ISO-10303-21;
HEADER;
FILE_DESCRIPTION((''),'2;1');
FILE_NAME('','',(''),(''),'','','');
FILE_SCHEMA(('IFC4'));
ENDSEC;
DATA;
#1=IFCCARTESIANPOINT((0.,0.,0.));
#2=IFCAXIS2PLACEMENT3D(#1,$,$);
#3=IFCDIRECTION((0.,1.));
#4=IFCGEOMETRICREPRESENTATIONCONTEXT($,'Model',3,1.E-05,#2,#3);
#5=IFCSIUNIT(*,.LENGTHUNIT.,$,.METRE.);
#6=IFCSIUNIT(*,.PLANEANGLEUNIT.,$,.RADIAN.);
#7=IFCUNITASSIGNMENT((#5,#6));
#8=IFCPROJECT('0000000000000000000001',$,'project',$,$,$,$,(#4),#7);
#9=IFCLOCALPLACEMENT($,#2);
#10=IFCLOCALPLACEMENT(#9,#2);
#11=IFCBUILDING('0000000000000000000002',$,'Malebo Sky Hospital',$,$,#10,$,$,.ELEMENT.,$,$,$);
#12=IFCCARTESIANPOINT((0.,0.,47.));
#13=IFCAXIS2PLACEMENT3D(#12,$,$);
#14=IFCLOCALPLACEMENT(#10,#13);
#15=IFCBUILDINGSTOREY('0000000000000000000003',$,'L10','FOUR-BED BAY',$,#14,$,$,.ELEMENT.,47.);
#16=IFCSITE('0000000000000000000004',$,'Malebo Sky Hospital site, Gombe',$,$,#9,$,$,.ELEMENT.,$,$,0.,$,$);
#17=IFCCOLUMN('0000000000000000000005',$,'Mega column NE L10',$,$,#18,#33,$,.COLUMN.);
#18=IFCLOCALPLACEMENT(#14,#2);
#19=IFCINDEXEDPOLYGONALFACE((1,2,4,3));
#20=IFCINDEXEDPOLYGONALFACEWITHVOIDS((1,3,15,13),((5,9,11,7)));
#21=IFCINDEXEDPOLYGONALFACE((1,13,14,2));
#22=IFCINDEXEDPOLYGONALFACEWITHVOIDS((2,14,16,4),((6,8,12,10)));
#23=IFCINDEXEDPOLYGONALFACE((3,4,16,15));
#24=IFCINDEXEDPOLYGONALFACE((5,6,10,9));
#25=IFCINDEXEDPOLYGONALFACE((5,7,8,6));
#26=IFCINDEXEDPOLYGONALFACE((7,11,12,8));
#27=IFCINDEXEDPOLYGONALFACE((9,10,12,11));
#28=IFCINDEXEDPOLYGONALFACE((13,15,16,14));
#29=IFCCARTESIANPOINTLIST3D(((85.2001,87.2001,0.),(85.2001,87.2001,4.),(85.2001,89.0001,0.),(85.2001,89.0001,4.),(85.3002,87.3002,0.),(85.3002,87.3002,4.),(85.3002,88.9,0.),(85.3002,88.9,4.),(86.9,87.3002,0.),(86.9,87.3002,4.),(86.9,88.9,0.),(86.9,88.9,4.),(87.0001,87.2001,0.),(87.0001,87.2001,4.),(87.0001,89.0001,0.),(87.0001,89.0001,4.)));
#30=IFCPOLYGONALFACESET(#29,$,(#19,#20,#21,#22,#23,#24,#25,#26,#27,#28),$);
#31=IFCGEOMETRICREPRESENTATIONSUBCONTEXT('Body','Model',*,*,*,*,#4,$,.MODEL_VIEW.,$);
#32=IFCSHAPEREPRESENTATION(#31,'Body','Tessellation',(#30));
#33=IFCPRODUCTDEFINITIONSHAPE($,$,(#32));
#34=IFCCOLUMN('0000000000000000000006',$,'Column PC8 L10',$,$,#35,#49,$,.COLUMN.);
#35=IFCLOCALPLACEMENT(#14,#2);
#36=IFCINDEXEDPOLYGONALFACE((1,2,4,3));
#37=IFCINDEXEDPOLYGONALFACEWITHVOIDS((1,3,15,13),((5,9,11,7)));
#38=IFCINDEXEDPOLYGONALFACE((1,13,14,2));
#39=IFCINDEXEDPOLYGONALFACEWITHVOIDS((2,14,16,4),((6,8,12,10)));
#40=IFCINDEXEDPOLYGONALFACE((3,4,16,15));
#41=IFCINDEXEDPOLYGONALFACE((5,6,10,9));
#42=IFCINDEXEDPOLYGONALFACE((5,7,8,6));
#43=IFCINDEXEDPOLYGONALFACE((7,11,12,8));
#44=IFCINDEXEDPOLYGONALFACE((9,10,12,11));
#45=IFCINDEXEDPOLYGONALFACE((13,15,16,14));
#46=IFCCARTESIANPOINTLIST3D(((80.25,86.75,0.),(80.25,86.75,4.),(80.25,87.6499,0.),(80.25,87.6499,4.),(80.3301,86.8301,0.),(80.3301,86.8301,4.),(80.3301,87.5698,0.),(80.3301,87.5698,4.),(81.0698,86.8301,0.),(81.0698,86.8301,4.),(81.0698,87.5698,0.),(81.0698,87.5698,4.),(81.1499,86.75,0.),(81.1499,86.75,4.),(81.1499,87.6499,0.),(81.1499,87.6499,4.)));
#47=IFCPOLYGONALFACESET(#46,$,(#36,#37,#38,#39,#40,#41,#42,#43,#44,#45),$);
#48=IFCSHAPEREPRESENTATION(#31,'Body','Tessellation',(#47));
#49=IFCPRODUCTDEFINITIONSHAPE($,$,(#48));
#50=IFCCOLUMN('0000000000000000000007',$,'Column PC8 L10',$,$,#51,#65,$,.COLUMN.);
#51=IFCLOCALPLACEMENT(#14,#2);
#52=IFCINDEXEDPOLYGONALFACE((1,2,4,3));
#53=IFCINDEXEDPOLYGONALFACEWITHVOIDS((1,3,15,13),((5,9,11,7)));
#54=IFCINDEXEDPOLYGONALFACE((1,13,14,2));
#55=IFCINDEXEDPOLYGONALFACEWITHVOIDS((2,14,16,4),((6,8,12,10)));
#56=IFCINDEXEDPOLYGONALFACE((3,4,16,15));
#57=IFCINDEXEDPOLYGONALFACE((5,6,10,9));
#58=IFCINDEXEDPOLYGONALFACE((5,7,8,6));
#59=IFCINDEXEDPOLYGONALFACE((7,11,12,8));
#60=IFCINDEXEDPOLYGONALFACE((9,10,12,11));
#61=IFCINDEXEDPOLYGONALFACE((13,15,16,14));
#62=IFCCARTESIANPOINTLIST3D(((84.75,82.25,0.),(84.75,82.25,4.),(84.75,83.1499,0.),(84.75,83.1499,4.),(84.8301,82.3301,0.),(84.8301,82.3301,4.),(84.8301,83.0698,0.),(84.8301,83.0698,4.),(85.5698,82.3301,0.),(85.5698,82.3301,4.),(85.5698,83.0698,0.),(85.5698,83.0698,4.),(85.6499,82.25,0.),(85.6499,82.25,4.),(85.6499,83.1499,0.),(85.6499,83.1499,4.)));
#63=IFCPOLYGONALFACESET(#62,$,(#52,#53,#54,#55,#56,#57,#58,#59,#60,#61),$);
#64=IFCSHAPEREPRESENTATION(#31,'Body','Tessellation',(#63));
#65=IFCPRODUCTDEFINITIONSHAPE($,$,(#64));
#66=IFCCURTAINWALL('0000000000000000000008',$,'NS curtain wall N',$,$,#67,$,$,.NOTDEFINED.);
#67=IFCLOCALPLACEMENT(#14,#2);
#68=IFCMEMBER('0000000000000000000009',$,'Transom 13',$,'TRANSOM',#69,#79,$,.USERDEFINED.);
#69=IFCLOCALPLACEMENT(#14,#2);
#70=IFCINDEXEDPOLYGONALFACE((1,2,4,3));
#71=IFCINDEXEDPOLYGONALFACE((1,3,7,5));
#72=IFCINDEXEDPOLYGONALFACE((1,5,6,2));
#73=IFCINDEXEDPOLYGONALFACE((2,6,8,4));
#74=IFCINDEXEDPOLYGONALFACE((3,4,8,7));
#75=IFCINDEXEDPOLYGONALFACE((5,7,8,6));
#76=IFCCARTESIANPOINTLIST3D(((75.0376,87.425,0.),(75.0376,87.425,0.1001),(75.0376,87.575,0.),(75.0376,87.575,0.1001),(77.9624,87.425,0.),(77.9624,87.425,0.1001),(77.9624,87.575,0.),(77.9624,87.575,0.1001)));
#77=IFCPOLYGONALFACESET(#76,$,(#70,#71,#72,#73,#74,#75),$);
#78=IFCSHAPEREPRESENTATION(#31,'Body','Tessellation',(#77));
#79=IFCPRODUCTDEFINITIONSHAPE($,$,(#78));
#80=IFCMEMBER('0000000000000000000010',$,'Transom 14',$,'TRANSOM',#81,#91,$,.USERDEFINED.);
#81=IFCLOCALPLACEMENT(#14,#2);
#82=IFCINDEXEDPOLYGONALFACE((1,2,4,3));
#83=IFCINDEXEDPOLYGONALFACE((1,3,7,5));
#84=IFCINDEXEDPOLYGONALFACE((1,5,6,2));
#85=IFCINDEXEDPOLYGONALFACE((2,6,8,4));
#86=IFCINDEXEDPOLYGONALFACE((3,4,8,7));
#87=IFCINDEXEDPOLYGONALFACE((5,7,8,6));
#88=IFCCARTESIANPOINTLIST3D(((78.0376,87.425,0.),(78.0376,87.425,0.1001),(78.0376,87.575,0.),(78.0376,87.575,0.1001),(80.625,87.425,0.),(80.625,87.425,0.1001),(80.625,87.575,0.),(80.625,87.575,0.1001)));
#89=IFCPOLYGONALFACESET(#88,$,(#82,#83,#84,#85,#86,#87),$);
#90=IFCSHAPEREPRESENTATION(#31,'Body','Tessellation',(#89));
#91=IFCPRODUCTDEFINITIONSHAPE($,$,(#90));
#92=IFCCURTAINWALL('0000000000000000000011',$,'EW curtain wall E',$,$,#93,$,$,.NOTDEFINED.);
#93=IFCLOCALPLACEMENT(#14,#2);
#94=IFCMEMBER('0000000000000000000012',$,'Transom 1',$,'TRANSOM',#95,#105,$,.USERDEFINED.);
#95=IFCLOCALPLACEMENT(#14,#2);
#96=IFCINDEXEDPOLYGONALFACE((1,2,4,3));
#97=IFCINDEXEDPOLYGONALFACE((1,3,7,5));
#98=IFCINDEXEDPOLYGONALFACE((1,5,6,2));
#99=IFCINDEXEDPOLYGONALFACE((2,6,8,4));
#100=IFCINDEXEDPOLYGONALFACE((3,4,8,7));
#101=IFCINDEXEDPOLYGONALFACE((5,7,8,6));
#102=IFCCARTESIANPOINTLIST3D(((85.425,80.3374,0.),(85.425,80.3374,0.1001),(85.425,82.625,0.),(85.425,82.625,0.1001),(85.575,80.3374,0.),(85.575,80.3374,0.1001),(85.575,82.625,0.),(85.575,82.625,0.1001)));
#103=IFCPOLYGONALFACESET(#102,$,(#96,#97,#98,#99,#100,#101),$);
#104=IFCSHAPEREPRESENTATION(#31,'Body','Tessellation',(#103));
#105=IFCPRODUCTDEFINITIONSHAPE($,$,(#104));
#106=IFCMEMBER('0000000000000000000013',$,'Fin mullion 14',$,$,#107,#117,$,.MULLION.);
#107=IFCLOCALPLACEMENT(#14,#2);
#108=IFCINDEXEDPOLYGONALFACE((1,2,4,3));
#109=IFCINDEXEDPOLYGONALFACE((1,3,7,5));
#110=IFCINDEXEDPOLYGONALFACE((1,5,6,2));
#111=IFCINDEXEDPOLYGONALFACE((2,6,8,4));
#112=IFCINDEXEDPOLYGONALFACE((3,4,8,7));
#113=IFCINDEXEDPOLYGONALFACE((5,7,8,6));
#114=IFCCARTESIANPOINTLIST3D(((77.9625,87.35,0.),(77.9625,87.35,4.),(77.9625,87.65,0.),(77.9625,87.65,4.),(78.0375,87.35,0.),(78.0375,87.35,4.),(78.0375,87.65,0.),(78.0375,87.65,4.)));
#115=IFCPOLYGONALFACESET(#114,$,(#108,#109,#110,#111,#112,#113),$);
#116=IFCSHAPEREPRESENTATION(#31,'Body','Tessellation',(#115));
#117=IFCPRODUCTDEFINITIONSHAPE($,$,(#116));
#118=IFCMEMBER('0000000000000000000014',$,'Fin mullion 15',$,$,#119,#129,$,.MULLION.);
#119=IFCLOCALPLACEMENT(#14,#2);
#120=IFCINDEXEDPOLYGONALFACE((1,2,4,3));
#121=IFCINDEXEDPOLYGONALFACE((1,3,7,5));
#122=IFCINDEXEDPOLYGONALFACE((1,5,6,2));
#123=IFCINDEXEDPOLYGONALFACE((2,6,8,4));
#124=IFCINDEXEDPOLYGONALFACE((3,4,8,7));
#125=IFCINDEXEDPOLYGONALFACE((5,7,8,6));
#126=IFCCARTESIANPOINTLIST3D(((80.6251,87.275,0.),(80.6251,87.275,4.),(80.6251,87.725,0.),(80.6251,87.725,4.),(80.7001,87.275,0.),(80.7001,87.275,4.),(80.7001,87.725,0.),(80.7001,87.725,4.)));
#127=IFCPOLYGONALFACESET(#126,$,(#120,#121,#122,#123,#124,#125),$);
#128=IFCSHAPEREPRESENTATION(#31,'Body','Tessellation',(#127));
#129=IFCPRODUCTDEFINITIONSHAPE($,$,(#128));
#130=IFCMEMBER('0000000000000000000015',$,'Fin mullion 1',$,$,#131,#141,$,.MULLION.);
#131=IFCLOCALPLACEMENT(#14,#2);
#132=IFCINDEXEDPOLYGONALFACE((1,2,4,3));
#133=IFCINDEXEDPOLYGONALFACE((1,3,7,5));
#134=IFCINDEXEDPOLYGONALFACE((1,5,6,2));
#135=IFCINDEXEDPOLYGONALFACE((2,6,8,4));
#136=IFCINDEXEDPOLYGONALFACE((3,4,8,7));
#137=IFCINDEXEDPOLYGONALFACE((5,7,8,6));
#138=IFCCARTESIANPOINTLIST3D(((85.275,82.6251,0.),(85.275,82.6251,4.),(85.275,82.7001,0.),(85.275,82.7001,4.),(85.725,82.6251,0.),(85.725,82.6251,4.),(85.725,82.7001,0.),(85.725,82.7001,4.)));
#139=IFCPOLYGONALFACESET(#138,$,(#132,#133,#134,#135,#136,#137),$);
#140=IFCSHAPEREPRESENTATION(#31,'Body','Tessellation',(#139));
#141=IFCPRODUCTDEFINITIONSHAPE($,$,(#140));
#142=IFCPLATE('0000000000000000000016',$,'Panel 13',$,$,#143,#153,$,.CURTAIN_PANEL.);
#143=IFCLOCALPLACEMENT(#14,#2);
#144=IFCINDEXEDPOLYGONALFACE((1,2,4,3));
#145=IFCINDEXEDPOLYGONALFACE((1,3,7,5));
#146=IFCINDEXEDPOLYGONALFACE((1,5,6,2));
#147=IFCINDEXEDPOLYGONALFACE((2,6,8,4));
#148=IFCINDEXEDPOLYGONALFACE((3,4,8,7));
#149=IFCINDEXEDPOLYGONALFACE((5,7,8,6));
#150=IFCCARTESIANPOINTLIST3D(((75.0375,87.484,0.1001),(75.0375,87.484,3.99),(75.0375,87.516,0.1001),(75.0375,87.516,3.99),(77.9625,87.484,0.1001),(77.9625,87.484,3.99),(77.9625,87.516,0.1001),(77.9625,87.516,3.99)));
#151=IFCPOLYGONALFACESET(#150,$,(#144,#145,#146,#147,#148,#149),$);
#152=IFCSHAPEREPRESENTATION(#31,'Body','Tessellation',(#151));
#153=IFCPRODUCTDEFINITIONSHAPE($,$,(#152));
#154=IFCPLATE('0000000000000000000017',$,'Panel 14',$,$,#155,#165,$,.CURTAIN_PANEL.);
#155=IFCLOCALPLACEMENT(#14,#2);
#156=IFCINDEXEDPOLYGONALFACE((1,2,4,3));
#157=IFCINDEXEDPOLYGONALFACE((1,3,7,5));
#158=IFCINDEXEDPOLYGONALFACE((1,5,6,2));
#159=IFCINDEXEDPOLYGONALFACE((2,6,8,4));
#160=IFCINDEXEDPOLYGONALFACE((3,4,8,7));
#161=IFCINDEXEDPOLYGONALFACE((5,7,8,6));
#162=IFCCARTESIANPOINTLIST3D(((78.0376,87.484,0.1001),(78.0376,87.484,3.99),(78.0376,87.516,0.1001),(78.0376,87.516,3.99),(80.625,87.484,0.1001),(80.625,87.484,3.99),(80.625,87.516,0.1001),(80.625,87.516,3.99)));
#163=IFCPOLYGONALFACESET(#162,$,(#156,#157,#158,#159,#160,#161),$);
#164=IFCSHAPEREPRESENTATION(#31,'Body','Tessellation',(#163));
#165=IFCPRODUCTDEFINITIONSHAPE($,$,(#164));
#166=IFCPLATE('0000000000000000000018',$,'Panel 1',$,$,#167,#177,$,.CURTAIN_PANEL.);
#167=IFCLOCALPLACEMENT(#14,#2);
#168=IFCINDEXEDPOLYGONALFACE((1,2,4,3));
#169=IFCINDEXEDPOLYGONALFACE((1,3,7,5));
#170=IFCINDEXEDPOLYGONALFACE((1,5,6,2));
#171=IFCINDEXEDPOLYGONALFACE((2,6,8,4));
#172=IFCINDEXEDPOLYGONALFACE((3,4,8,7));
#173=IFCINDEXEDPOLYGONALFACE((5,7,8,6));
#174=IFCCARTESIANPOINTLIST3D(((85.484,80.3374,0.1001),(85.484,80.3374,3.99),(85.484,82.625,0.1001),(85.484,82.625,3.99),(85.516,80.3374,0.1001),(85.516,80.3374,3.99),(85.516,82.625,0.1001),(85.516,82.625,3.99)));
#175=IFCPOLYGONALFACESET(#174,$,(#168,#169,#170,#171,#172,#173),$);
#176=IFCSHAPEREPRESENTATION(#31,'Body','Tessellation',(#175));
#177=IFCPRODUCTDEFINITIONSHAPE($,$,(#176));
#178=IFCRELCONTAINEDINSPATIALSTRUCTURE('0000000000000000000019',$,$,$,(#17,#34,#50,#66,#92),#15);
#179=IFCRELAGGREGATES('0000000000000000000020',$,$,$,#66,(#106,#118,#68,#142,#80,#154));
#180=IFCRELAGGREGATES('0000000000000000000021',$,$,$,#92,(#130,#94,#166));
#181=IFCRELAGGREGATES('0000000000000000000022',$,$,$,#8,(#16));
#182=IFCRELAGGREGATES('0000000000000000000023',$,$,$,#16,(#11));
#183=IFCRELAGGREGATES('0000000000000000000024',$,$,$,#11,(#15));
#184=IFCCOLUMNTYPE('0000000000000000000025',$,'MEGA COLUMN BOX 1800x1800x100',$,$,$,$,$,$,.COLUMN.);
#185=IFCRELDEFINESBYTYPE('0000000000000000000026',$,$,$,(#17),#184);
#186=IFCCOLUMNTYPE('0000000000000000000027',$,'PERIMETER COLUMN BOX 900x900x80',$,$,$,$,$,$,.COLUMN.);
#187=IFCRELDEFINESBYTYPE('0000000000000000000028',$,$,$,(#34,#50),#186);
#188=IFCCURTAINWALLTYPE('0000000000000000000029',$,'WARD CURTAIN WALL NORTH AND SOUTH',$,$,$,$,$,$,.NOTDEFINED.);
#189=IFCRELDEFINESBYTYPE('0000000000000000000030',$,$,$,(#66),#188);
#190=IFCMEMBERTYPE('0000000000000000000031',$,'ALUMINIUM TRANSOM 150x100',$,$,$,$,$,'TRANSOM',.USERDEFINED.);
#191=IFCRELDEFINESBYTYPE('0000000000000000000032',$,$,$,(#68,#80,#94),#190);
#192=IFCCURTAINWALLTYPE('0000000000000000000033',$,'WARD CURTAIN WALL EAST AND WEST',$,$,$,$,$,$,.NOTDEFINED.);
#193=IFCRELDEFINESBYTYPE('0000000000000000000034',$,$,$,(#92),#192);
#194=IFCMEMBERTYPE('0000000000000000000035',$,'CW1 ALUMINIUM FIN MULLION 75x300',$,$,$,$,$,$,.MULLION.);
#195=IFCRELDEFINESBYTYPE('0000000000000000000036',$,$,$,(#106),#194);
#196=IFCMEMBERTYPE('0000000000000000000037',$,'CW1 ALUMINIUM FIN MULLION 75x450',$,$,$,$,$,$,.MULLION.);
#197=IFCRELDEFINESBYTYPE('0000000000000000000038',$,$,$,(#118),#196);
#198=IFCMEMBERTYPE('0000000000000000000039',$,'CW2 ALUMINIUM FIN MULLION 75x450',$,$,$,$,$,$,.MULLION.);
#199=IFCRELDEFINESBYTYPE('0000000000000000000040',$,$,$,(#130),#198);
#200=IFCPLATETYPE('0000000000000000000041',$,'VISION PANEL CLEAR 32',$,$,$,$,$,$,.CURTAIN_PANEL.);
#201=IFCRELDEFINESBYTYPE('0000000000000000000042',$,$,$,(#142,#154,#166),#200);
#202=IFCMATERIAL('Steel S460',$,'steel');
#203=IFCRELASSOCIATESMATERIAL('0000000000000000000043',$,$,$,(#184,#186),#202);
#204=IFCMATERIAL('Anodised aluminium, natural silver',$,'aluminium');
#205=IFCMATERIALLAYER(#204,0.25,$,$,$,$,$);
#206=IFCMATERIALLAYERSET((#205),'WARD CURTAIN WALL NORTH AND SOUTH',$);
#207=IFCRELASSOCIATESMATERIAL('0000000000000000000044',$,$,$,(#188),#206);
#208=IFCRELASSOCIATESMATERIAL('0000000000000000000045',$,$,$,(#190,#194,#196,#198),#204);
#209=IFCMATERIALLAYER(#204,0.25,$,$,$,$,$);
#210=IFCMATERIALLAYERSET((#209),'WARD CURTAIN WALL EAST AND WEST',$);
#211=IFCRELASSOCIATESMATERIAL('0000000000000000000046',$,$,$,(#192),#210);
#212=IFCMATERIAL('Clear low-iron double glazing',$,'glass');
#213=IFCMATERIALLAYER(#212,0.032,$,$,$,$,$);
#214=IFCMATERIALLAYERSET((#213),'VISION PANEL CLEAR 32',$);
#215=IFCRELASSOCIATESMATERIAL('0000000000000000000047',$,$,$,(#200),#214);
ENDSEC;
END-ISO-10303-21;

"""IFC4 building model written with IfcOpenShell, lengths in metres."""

from ifc_helpers import new_model, si_unit, direction, frame, origin, origin_2d, place, context, subcontext, project, spatial, rectangle, hollow_rectangle, extrude, material, layer, layer_set, material_profile, profile_set, type_object, element, aggregate, save


model = new_model("IFC4")

# Units and contexts
model_context = context("Model", 3, precision=1e-05, world=origin(), true_north=direction((0.0, 1.0)))
body_context = subcontext(model_context, "Body", "Model", "MODEL_VIEW")
ifc_project = project(units=[si_unit("LENGTHUNIT", "METRE"), si_unit("PLANEANGLEUNIT", "RADIAN")], contexts=[model_context])

# Site, building, storey
site_placement = place(None, origin())
site = spatial("IfcSite", under=ifc_project, at=site_placement, Name="Malebo Sky Hospital site, Gombe", CompositionType="ELEMENT", RefElevation=0.0)
building_placement = place(site_placement, origin())
building = spatial("IfcBuilding", under=site, at=building_placement, Name="Malebo Sky Hospital", CompositionType="ELEMENT")
storey_placement = place(building_placement, frame((0.0, 0.0, 47.0)))
storey = spatial("IfcBuildingStorey", under=building, at=storey_placement, Name="L10", Description="FOUR-BED BAY", CompositionType="ELEMENT", Elevation=47.0)

# Columns
ifc_material_1 = material(Name="Steel S460", Category="steel")
ifc_material_profile_1 = material_profile(ifc_material_1, hollow_rectangle(XDim=1.8, YDim=1.8, WallThickness=0.1001, at=origin_2d()), Name="BOX 1800x1800x100")
ifc_profile_set_1 = profile_set([ifc_material_profile_1], Name="Steel S460")
column_type_1 = type_object("IfcColumnType", Name="MEGA COLUMN BOX 1800x1800x100", PredefinedType="COLUMN", material=ifc_profile_set_1)
column_placement = place(storey_placement, frame((86.1001, 88.1001, 0.0), z_axis=(0.0, 0.0, 1.0), x_axis=(1.0, 0.0, 0.0)))
element("IfcColumn", 1, at=column_placement, inside=storey, type_object=column_type_1, Name="Mega column NE L10", PredefinedType="COLUMN", context=body_context, shape_type="SweptSolid", body=[
    extrude(hollow_rectangle(XDim=1.8, YDim=1.8, WallThickness=0.1001, at=origin_2d()), origin(), (0.0, 0.0, 1.0), 4.0),
])
ifc_material_profile_2 = material_profile(ifc_material_1, hollow_rectangle(XDim=0.8999, YDim=0.8999, WallThickness=0.0801, at=origin_2d()), Name="BOX 900x900x80")
ifc_profile_set_2 = profile_set([ifc_material_profile_2], Name="Steel S460")
column_type_2 = type_object("IfcColumnType", Name="PERIMETER COLUMN BOX 900x900x80", PredefinedType="COLUMN", material=ifc_profile_set_2)
for number, where, z_axis, x_axis, name in (
    (2, (80.7, 87.2, 0.0), (0.0, 0.0, 1.0), (1.0, 0.0, 0.0), "Column PC8 L10"),
    (3, (85.2, 82.7, 0.0), (0.0, 0.0, 1.0), (1.0, 0.0, 0.0), "Column PC8 L10"),
):
    element("IfcColumn", number, at=place(storey_placement, frame(where, z_axis=z_axis, x_axis=x_axis)), inside=storey, type_object=column_type_2, Name=name, PredefinedType="COLUMN", context=body_context, shape_type="SweptSolid", body=[
        extrude(hollow_rectangle(XDim=0.8999, YDim=0.8999, WallThickness=0.0801, at=origin_2d()), origin(), (0.0, 0.0, 1.0), 4.0),
    ])

# Curtain wall, members
ifc_material_2 = material(Name="Anodised aluminium, natural silver", Category="aluminium")
ifc_layer_1 = layer(ifc_material_2, 0.25)
ifc_layer_set_1 = layer_set([ifc_layer_1], Name="WARD CURTAIN WALL NORTH AND SOUTH")
curtain_wall_type_1 = type_object("IfcCurtainWallType", Name="WARD CURTAIN WALL NORTH AND SOUTH", PredefinedType="NOTDEFINED", material=ifc_layer_set_1)
curtain_wall_1_placement = place(storey_placement, origin())
curtain_wall_1 = element("IfcCurtainWall", 4, at=curtain_wall_1_placement, inside=storey, type_object=curtain_wall_type_1, Name="NS curtain wall N", PredefinedType="NOTDEFINED")
ifc_material_profile_3 = material_profile(ifc_material_2, rectangle(XDim=0.1499, YDim=0.1001, at=origin_2d()), Name="ALUMINIUM TRANSOM 150x100")
ifc_profile_set_3 = profile_set([ifc_material_profile_3], Name="Anodised aluminium, natural silver")
member_type_1 = type_object("IfcMemberType", Name="ALUMINIUM TRANSOM 150x100", ElementType="TRANSOM", PredefinedType="USERDEFINED", material=ifc_profile_set_3)
member_1_placement = place(storey_placement, frame((75.0376, 87.5, 0.05), z_axis=(1.0, 0.0, 0.0), x_axis=(0.0, 1.0, 0.0)))
member_1 = element("IfcMember", 5, at=member_1_placement, type_object=member_type_1, Name="Transom 13", ObjectType="TRANSOM", PredefinedType="USERDEFINED", context=body_context, shape_type="SweptSolid", body=[
    extrude(rectangle(XDim=0.1499, YDim=0.1001, at=origin_2d()), origin(), (0.0, 0.0, 1.0), 2.9248),
])
member_2_placement = place(storey_placement, frame((78.0376, 87.5, 0.05), z_axis=(1.0, 0.0, 0.0), x_axis=(0.0, 1.0, 0.0)))
member_2 = element("IfcMember", 6, at=member_2_placement, type_object=member_type_1, Name="Transom 14", ObjectType="TRANSOM", PredefinedType="USERDEFINED", context=body_context, shape_type="SweptSolid", body=[
    extrude(rectangle(XDim=0.1499, YDim=0.1001, at=origin_2d()), origin(), (0.0, 0.0, 1.0), 2.5874),
])

# Curtain wall, member
ifc_layer_2 = layer(ifc_material_2, 0.25)
ifc_layer_set_2 = layer_set([ifc_layer_2], Name="WARD CURTAIN WALL EAST AND WEST")
curtain_wall_type_2 = type_object("IfcCurtainWallType", Name="WARD CURTAIN WALL EAST AND WEST", PredefinedType="NOTDEFINED", material=ifc_layer_set_2)
curtain_wall_2_placement = place(storey_placement, origin())
curtain_wall_2 = element("IfcCurtainWall", 7, at=curtain_wall_2_placement, inside=storey, type_object=curtain_wall_type_2, Name="EW curtain wall E", PredefinedType="NOTDEFINED")
member_3_placement = place(storey_placement, frame((85.5, 82.625, 0.05), z_axis=(0.0, -1.0, 0.0), x_axis=(1.0, 0.0, 0.0)))
member_3 = element("IfcMember", 8, at=member_3_placement, type_object=member_type_1, Name="Transom 1", ObjectType="TRANSOM", PredefinedType="USERDEFINED", context=body_context, shape_type="SweptSolid", body=[
    extrude(rectangle(XDim=0.1499, YDim=0.1001, at=origin_2d()), origin(), (0.0, 0.0, 1.0), 2.2876),
])

# Members
ifc_material_profile_4 = material_profile(ifc_material_2, rectangle(XDim=0.075, YDim=0.3, at=origin_2d()), Name="CW1 ALUMINIUM FIN MULLION 75x300")
ifc_profile_set_4 = profile_set([ifc_material_profile_4], Name="Anodised aluminium, natural silver")
member_type_2 = type_object("IfcMemberType", Name="CW1 ALUMINIUM FIN MULLION 75x300", PredefinedType="MULLION", material=ifc_profile_set_4)
member_4_placement = place(storey_placement, frame((78.0, 87.5, 0.0), z_axis=(0.0, 0.0, 1.0), x_axis=(1.0, 0.0, 0.0)))
member_4 = element("IfcMember", 9, at=member_4_placement, type_object=member_type_2, Name="Fin mullion 14", PredefinedType="MULLION", context=body_context, shape_type="SweptSolid", body=[
    extrude(rectangle(XDim=0.075, YDim=0.3, at=origin_2d()), origin(), (0.0, 0.0, 1.0), 4.0),
])
ifc_material_profile_5 = material_profile(ifc_material_2, rectangle(XDim=0.075, YDim=0.45, at=origin_2d()), Name="CW1 ALUMINIUM FIN MULLION 75x450")
ifc_profile_set_5 = profile_set([ifc_material_profile_5], Name="Anodised aluminium, natural silver")
member_type_3 = type_object("IfcMemberType", Name="CW1 ALUMINIUM FIN MULLION 75x450", PredefinedType="MULLION", material=ifc_profile_set_5)
member_5_placement = place(storey_placement, frame((80.6626, 87.5, 0.0), z_axis=(0.0, 0.0, 1.0), x_axis=(1.0, 0.0, 0.0)))
member_5 = element("IfcMember", 10, at=member_5_placement, type_object=member_type_3, Name="Fin mullion 15", PredefinedType="MULLION", context=body_context, shape_type="SweptSolid", body=[
    extrude(rectangle(XDim=0.075, YDim=0.45, at=origin_2d()), origin(), (0.0, 0.0, 1.0), 4.0),
])
ifc_material_profile_6 = material_profile(ifc_material_2, rectangle(XDim=0.075, YDim=0.45, at=origin_2d()), Name="CW2 ALUMINIUM FIN MULLION 75x450")
ifc_profile_set_6 = profile_set([ifc_material_profile_6], Name="Anodised aluminium, natural silver")
member_type_4 = type_object("IfcMemberType", Name="CW2 ALUMINIUM FIN MULLION 75x450", PredefinedType="MULLION", material=ifc_profile_set_6)
member_6_placement = place(storey_placement, frame((85.5, 82.6626, 0.0), z_axis=(0.0, 0.0, 1.0), x_axis=(0.0, -1.0, 0.0)))
member_6 = element("IfcMember", 11, at=member_6_placement, type_object=member_type_4, Name="Fin mullion 1", PredefinedType="MULLION", context=body_context, shape_type="SweptSolid", body=[
    extrude(rectangle(XDim=0.075, YDim=0.45, at=origin_2d()), origin(), (0.0, 0.0, 1.0), 4.0),
])

# Plates
ifc_material_3 = material(Name="Clear low-iron double glazing", Category="glass")
ifc_layer_3 = layer(ifc_material_3, 0.032)
ifc_layer_set_3 = layer_set([ifc_layer_3], Name="VISION PANEL CLEAR 32")
plate_type = type_object("IfcPlateType", Name="VISION PANEL CLEAR 32", PredefinedType="CURTAIN_PANEL", material=ifc_layer_set_3)
plate_1_placement = place(storey_placement, frame((76.5, 87.5, 0.1001), z_axis=(0.0, 0.0, 1.0), x_axis=(1.0, 0.0, 0.0)))
plate_1 = element("IfcPlate", 12, at=plate_1_placement, type_object=plate_type, Name="Panel 13", PredefinedType="CURTAIN_PANEL", context=body_context, shape_type="SweptSolid", body=[
    extrude(rectangle(XDim=2.925, YDim=0.032, at=origin_2d()), origin(), (0.0, 0.0, 1.0), 3.8899),
])
plate_2_placement = place(storey_placement, frame((79.3313, 87.5, 0.1001), z_axis=(0.0, 0.0, 1.0), x_axis=(1.0, 0.0, 0.0)))
plate_2 = element("IfcPlate", 13, at=plate_2_placement, type_object=plate_type, Name="Panel 14", PredefinedType="CURTAIN_PANEL", context=body_context, shape_type="SweptSolid", body=[
    extrude(rectangle(XDim=2.5874, YDim=0.032, at=origin_2d()), origin(), (0.0, 0.0, 1.0), 3.8899),
])
aggregate(curtain_wall_1, [member_4, member_5, member_1, plate_1, member_2, plate_2])
plate_3_placement = place(storey_placement, frame((85.5, 81.4812, 0.1001), z_axis=(0.0, 0.0, 1.0), x_axis=(0.0, -1.0, 0.0)))
plate_3 = element("IfcPlate", 14, at=plate_3_placement, type_object=plate_type, Name="Panel 1", PredefinedType="CURTAIN_PANEL", context=body_context, shape_type="SweptSolid", body=[
    extrude(rectangle(XDim=2.2876, YDim=0.032, at=origin_2d()), origin(), (0.0, 0.0, 1.0), 3.8899),
])
aggregate(curtain_wall_2, [member_6, member_3, plate_3])

save(model, "model.ifc")
